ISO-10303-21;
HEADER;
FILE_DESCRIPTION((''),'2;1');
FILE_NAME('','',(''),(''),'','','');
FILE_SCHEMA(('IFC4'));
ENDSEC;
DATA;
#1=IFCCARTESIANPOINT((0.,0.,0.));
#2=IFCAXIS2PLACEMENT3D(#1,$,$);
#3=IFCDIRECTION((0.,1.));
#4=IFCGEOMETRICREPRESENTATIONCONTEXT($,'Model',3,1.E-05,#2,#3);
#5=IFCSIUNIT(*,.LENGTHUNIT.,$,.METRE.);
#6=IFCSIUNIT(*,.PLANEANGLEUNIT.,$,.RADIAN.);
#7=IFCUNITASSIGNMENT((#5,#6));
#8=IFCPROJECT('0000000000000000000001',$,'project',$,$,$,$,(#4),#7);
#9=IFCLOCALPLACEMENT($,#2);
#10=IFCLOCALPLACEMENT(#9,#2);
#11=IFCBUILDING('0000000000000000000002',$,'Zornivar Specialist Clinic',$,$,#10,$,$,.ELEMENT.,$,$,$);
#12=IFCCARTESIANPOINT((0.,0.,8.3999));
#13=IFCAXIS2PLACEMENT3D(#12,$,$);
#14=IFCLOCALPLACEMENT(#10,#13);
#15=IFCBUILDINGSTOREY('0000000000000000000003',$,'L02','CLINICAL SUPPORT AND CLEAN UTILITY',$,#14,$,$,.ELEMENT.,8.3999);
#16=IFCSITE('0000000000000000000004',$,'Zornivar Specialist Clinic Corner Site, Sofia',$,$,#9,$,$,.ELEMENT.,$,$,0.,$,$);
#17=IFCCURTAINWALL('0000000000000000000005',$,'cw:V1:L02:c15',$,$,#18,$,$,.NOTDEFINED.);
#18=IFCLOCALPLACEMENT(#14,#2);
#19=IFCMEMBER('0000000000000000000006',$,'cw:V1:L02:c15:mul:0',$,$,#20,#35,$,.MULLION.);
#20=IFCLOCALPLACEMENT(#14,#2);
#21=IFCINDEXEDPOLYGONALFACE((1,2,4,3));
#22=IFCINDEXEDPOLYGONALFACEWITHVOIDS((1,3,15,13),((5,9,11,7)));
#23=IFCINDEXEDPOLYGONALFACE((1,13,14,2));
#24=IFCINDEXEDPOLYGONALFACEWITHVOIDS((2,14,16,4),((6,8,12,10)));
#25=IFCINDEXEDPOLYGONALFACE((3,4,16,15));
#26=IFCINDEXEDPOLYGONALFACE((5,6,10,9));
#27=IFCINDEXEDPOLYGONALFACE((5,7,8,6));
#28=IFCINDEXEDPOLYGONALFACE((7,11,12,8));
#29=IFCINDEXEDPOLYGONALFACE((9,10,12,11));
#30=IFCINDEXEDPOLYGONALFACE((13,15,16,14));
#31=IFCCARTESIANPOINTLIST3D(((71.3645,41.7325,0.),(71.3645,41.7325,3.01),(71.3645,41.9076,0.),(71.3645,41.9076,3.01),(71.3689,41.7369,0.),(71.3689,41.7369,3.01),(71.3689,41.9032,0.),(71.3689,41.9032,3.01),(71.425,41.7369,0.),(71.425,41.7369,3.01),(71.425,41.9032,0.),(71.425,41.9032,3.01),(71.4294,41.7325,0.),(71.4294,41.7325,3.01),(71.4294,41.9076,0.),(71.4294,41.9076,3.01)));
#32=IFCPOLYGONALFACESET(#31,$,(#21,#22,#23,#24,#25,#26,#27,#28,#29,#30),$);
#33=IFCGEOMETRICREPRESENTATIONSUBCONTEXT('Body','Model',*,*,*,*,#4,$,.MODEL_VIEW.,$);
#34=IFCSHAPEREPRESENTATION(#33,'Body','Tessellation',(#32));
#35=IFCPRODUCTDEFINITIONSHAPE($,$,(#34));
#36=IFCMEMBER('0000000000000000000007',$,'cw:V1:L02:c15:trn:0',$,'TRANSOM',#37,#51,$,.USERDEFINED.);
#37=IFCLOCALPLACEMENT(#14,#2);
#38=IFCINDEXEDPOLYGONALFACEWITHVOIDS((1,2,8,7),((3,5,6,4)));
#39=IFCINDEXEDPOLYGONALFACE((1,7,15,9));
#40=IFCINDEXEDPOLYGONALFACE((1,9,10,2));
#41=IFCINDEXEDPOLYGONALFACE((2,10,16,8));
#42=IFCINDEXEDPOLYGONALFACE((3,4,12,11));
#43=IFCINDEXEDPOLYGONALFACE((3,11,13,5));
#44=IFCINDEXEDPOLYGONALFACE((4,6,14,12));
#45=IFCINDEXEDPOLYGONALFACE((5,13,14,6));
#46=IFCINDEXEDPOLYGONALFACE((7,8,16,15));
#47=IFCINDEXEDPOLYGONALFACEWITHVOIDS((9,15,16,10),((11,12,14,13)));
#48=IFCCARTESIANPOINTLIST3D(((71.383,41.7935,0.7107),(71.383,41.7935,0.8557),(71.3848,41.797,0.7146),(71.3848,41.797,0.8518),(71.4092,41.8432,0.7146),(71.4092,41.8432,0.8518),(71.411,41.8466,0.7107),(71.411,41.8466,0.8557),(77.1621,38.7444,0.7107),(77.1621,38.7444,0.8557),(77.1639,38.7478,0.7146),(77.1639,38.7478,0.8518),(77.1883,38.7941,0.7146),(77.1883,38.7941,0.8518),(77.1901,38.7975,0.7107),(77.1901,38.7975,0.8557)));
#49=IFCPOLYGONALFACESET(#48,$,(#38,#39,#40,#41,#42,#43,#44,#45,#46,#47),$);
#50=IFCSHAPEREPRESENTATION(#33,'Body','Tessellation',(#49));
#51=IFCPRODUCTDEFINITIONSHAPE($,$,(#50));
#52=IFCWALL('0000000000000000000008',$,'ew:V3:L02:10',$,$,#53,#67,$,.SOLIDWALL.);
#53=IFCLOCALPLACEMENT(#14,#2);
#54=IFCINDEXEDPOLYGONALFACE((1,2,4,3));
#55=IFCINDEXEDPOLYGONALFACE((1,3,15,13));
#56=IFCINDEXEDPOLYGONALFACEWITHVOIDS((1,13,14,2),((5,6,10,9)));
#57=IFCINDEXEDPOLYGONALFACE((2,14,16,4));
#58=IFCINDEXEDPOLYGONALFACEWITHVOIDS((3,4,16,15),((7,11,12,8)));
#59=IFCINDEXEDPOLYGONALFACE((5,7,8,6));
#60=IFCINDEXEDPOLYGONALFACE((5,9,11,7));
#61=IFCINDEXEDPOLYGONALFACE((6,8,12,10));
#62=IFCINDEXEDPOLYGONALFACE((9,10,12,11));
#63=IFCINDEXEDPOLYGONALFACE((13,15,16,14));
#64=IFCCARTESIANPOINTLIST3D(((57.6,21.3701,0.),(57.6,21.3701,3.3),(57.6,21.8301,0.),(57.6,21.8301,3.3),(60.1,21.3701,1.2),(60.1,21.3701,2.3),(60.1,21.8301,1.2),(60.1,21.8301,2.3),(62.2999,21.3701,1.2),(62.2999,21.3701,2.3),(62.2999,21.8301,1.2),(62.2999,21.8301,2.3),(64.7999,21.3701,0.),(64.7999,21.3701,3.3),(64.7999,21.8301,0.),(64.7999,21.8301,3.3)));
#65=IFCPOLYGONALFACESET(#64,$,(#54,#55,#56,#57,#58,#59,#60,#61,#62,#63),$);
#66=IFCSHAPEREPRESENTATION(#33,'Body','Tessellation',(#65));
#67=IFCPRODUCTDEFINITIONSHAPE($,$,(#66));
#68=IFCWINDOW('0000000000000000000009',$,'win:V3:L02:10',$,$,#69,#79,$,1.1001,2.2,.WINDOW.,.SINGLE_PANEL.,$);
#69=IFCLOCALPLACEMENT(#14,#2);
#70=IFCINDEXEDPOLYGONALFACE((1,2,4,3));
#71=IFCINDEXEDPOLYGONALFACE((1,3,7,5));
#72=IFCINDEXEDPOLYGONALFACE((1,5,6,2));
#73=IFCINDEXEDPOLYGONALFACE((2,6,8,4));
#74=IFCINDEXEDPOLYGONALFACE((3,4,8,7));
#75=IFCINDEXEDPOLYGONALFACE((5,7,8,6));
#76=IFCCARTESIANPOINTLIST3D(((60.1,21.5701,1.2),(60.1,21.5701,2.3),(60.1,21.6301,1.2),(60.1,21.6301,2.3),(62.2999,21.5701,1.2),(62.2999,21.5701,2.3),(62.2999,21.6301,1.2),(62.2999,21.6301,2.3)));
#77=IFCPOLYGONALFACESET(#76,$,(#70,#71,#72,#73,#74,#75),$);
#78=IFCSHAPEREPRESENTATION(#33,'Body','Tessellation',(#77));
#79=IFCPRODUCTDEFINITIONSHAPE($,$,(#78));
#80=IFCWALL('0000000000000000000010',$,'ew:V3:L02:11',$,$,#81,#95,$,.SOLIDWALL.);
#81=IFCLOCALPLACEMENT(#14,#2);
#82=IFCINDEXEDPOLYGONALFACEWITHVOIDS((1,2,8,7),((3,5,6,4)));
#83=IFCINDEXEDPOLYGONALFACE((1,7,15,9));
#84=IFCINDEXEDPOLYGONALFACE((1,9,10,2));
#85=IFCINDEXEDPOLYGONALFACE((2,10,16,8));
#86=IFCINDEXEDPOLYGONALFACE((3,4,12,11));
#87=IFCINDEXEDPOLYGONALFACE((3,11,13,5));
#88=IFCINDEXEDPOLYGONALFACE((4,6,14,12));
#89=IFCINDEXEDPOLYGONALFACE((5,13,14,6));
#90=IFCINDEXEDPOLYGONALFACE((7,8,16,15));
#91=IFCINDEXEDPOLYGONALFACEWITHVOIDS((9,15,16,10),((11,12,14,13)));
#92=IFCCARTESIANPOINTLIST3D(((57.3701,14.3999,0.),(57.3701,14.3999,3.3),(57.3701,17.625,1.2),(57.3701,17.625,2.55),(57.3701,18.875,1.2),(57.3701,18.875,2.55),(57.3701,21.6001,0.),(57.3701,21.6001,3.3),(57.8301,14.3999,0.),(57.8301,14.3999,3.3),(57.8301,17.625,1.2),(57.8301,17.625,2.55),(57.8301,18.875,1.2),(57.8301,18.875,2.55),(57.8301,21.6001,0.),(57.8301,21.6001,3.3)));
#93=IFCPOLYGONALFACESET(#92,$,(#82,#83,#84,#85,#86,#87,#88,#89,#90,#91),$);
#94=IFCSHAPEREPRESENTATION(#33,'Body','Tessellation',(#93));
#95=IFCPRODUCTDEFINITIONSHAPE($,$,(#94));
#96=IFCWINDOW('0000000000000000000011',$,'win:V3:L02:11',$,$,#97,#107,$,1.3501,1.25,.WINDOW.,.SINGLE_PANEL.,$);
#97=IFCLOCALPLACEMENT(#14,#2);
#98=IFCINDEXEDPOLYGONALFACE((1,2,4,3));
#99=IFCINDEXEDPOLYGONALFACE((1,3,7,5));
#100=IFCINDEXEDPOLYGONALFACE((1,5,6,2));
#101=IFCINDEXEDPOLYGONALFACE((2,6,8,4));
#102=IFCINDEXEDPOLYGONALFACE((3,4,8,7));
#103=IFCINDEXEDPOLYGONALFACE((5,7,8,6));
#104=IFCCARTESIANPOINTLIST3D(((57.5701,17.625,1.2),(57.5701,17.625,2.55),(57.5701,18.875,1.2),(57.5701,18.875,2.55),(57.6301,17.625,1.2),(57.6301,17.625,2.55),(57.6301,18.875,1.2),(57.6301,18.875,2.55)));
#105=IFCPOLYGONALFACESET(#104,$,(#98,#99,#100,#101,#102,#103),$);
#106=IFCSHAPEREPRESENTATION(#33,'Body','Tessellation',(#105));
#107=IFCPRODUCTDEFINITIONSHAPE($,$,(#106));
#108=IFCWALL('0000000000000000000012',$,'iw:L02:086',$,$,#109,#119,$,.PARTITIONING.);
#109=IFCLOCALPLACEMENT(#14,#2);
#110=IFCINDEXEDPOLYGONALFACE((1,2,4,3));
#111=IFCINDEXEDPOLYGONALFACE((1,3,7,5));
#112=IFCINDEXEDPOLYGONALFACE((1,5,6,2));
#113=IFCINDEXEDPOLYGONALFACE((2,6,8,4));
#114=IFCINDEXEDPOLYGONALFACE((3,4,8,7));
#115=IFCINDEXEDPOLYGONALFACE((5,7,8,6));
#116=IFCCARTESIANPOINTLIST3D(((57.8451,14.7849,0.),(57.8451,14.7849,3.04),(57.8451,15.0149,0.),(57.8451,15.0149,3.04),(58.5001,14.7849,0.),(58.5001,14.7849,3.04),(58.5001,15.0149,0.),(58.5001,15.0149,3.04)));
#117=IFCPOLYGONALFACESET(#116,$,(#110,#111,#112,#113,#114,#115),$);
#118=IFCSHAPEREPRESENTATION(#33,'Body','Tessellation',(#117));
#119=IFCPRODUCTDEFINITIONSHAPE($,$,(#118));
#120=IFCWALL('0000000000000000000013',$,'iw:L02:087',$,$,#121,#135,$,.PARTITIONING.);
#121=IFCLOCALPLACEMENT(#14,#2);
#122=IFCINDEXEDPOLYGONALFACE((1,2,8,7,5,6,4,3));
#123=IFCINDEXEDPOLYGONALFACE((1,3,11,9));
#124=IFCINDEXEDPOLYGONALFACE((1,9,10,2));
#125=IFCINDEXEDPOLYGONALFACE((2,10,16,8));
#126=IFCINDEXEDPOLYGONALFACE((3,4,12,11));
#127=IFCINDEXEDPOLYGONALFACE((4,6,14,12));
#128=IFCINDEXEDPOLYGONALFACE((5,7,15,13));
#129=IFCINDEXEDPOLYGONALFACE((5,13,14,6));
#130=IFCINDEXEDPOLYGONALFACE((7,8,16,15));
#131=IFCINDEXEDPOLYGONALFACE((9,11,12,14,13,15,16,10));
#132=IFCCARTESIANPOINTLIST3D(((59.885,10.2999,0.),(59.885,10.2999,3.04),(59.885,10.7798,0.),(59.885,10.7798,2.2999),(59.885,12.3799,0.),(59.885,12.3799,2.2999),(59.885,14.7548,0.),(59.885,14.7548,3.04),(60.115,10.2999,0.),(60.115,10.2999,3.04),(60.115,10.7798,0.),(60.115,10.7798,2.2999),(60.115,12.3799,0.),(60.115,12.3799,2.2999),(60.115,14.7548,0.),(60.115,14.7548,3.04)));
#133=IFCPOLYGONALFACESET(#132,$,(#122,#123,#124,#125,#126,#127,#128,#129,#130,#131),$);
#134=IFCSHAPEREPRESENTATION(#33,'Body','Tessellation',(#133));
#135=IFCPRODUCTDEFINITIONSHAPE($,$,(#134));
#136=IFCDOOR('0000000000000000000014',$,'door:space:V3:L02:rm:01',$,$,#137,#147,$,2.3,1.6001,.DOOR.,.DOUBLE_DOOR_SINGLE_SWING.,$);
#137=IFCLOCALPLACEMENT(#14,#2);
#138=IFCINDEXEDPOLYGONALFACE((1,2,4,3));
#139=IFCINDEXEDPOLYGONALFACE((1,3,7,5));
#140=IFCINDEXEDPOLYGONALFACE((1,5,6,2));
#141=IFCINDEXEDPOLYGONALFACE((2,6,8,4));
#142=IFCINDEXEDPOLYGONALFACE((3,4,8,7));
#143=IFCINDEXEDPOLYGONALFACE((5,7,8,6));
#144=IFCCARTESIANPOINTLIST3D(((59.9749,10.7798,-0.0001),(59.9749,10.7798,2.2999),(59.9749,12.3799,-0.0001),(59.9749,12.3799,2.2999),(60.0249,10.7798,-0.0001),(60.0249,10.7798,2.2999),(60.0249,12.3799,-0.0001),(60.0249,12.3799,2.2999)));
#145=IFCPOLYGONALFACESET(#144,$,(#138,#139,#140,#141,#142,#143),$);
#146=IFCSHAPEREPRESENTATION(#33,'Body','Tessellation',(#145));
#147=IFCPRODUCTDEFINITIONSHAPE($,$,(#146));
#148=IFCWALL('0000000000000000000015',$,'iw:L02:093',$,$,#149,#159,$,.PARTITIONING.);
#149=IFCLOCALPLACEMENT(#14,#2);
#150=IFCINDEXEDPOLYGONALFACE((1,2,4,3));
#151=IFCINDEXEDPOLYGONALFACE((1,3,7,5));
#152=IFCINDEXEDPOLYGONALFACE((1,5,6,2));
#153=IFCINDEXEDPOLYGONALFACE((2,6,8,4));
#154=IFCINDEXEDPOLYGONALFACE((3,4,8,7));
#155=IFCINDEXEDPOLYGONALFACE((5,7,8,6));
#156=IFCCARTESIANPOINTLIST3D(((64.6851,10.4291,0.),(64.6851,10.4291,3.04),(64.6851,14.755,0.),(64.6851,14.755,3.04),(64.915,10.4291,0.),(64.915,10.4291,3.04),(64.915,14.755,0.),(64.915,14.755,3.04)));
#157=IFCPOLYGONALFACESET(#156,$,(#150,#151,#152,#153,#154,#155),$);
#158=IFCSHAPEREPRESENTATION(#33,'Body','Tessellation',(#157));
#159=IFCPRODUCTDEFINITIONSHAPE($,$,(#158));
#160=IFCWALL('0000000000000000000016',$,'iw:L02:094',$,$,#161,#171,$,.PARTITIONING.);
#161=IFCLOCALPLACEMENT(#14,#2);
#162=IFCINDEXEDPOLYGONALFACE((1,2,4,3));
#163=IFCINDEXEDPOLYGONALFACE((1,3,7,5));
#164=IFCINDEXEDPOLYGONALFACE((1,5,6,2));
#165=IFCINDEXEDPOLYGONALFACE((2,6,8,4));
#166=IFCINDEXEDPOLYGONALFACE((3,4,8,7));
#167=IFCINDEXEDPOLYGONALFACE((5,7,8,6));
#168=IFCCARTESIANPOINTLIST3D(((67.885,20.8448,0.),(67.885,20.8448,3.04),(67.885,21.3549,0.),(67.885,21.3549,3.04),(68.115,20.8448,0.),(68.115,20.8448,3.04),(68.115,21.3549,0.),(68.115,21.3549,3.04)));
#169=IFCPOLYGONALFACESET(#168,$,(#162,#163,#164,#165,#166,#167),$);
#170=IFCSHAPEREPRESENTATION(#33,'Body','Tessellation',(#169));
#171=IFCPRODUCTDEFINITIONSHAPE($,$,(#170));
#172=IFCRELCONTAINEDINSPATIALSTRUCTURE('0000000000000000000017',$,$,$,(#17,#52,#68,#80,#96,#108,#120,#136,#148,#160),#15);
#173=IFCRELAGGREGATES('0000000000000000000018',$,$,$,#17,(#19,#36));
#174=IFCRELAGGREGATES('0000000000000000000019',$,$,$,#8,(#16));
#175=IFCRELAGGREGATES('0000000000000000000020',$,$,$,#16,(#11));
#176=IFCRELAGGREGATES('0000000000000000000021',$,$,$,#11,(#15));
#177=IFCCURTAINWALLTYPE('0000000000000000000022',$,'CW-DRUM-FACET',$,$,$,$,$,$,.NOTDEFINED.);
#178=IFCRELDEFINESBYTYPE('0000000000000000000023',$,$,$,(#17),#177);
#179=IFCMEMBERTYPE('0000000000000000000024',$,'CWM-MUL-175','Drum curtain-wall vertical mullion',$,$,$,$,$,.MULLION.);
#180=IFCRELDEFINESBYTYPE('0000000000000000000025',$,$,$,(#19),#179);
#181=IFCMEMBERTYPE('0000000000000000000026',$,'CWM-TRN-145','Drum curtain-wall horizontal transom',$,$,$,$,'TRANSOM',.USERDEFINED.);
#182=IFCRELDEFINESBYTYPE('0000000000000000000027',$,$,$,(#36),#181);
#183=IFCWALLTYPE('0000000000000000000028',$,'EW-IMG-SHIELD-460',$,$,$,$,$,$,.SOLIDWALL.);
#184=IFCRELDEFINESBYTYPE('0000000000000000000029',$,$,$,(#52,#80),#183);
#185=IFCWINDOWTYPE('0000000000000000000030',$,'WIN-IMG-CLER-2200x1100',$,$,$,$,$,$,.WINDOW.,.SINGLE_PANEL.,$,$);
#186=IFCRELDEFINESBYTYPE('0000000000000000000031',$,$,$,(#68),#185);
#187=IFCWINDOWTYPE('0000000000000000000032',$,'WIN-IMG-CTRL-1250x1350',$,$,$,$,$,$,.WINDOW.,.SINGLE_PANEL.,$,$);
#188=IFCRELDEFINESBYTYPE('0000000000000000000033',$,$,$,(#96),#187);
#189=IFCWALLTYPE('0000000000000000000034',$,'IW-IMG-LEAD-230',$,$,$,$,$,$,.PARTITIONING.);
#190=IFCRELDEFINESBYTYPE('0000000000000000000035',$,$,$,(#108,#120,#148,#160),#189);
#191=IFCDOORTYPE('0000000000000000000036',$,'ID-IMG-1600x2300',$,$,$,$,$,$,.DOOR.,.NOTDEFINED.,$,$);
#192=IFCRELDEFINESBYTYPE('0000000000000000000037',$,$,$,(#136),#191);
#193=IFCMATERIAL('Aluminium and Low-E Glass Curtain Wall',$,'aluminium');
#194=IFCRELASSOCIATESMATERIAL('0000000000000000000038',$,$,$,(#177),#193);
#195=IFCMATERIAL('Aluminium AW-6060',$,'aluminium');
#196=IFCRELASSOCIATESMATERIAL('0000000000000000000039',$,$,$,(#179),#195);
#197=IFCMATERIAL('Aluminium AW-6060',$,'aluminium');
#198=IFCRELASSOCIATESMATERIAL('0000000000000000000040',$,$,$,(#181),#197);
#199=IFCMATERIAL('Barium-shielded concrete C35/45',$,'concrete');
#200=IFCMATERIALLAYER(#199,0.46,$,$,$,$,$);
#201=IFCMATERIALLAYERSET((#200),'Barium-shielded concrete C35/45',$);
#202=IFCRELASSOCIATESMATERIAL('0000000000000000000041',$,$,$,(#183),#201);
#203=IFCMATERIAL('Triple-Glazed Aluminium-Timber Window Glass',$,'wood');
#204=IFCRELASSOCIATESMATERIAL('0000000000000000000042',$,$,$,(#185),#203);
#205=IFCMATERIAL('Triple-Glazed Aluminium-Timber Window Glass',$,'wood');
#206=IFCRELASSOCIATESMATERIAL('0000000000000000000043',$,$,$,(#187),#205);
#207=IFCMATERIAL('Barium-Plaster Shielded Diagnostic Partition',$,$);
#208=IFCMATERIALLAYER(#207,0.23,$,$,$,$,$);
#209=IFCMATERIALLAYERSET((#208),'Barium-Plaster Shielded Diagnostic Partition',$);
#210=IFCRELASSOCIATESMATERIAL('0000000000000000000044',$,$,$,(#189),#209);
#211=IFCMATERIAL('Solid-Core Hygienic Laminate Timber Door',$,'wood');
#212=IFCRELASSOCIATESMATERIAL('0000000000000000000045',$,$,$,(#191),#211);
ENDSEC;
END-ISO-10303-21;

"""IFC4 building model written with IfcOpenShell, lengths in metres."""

from ifc_helpers import new_model, si_unit, direction, frame, frame_2d, origin, origin_2d, place, context, subcontext, project, spatial, rectangle, hollow_rectangle, extrude, material, layer, layer_set, material_profile, profile_set, type_object, element, fill, aggregate, save


model = new_model("IFC4")

# Units and contexts
model_context = context("Model", 3, precision=1e-05, world=origin(), true_north=direction((0.0, 1.0)))
body_context = subcontext(model_context, "Body", "Model", "MODEL_VIEW")
ifc_project = project(units=[si_unit("LENGTHUNIT", "METRE"), si_unit("PLANEANGLEUNIT", "RADIAN")], contexts=[model_context])

# Site, building, storey
site_placement = place(None, origin())
site = spatial("IfcSite", under=ifc_project, at=site_placement, Name="Zornivar Specialist Clinic Corner Site, Sofia", CompositionType="ELEMENT", RefElevation=0.0)
building_placement = place(site_placement, origin())
building = spatial("IfcBuilding", under=site, at=building_placement, Name="Zornivar Specialist Clinic", CompositionType="ELEMENT")
storey_placement = place(building_placement, frame((0.0, 0.0, 8.3999)))
storey = spatial("IfcBuildingStorey", under=building, at=storey_placement, Name="L02", Description="CLINICAL SUPPORT AND CLEAN UTILITY", CompositionType="ELEMENT", Elevation=8.3999)

# Curtain wall, members
ifc_material_1 = material(Name="Aluminium and Low-E Glass Curtain Wall", Category="aluminium")
curtain_wall_type = type_object("IfcCurtainWallType", Name="CW-DRUM-FACET", PredefinedType="NOTDEFINED", material=ifc_material_1)
curtain_wall_placement = place(storey_placement, origin())
curtain_wall = element("IfcCurtainWall", 1, at=curtain_wall_placement, inside=storey, type_object=curtain_wall_type, Name="cw:V1:L02:c15", PredefinedType="NOTDEFINED")
ifc_material_2 = material(Name="Aluminium AW-6060", Category="aluminium")
ifc_material_profile_1 = material_profile(ifc_material_2, hollow_rectangle(XDim=0.0649, YDim=0.175, WallThickness=0.0044, at=origin_2d()), Name="ALU 65x175x4.5")
ifc_profile_set_1 = profile_set([ifc_material_profile_1], Name="Aluminium AW-6060")
member_type_1 = type_object("IfcMemberType", Name="CWM-MUL-175", Description="Drum curtain-wall vertical mullion", PredefinedType="MULLION", material=ifc_profile_set_1)
member_1_placement = place(storey_placement, frame((71.397, 41.8201, 0.0), z_axis=(0.0, 0.0, 1.0), x_axis=(1.0, 0.0, 0.0)))
member_1 = element("IfcMember", 2, at=member_1_placement, type_object=member_type_1, Name="cw:V1:L02:c15:mul:0", PredefinedType="MULLION", context=body_context, shape_type="SweptSolid", body=[
    extrude(hollow_rectangle(XDim=0.0649, YDim=0.175, WallThickness=0.0044, at=origin_2d()), origin(), (0.0, 0.0, 1.0), 3.01),
])
ifc_material_3 = material(Name="Aluminium AW-6060", Category="aluminium")
ifc_material_profile_2 = material_profile(ifc_material_3, hollow_rectangle(XDim=0.0601, YDim=0.145, WallThickness=0.0039, at=origin_2d()), Name="ALU 60x145x4")
ifc_profile_set_2 = profile_set([ifc_material_profile_2], Name="Aluminium AW-6060")
member_type_2 = type_object("IfcMemberType", Name="CWM-TRN-145", Description="Drum curtain-wall horizontal transom", ElementType="TRANSOM", PredefinedType="USERDEFINED", material=ifc_profile_set_2)
member_2_placement = place(storey_placement, frame((71.397, 41.8201, 0.7832), z_axis=(0.884447, -0.466641, 0.0), x_axis=(0.466641, 0.884447, 0.0)))
member_2 = element("IfcMember", 3, at=member_2_placement, type_object=member_type_2, Name="cw:V1:L02:c15:trn:0", ObjectType="TRANSOM", PredefinedType="USERDEFINED", context=body_context, shape_type="SweptSolid", body=[
    extrude(hollow_rectangle(XDim=0.0601, YDim=0.145, WallThickness=0.0039, at=origin_2d()), origin(), (0.0, 0.0, 1.0), 6.5342),
])
aggregate(curtain_wall, [member_1, member_2])

# Walls, openings, windows
ifc_material_4 = material(Name="Barium-shielded concrete C35/45", Category="concrete")
ifc_layer_1 = layer(ifc_material_4, 0.46)
ifc_layer_set_1 = layer_set([ifc_layer_1], Name="Barium-shielded concrete C35/45")
wall_type_1 = type_object("IfcWallType", Name="EW-IMG-SHIELD-460", PredefinedType="SOLIDWALL", material=ifc_layer_set_1)
wall_1_placement = place(storey_placement, frame((64.8, 21.6001, 0.0), z_axis=(0.0, 0.0, 1.0), x_axis=(-1.0, 0.0, 0.0)))
wall_1 = element("IfcWall", 4, at=wall_1_placement, inside=storey, type_object=wall_type_1, Name="ew:V3:L02:10", PredefinedType="SOLIDWALL", context=body_context, shape_type="SweptSolid", body=[
    extrude(rectangle(XDim=7.2, YDim=0.46, at=frame_2d((3.6001, 0.0))), origin(), (0.0, 0.0, 1.0), 3.3),
])
opening_1_placement = place(wall_1_placement, frame((2.5, 0.0, 1.2)))
opening_1 = element("IfcOpeningElement", 5, at=opening_1_placement, cuts=wall_1, PredefinedType="OPENING", context=body_context, shape_type="SweptSolid", body=[
    extrude(rectangle(XDim=2.2, YDim=1.1001, at=frame_2d((1.1001, 0.55))), frame((0.0, 0.24, 0.0), z_axis=(0.0, -1.0, 0.0), x_axis=(1.0, 0.0, 0.0)), (0.0, 0.0, 1.0), 0.48),
])
ifc_material_5 = material(Name="Triple-Glazed Aluminium-Timber Window Glass", Category="wood")
window_type_1 = type_object("IfcWindowType", Name="WIN-IMG-CLER-2200x1100", PartitioningType="SINGLE_PANEL", PredefinedType="WINDOW", material=ifc_material_5)
window_1_placement = place(opening_1_placement, origin())
window_1 = element("IfcWindow", 6, at=window_1_placement, inside=storey, type_object=window_type_1, Name="win:V3:L02:10", OverallHeight=1.1001, OverallWidth=2.2, PartitioningType="SINGLE_PANEL", PredefinedType="WINDOW", context=body_context, shape_type="SweptSolid", body=[
    extrude(rectangle(XDim=2.2, YDim=1.1001, at=frame_2d((1.1001, 0.55))), frame((0.0, 0.03, 0.0), z_axis=(0.0, -1.0, 0.0), x_axis=(1.0, 0.0, 0.0)), (0.0, 0.0, 1.0), 0.0601),
])
fill(opening_1, window_1)
wall_2_placement = place(storey_placement, frame((57.6001, 21.6001, 0.0), z_axis=(0.0, 0.0, 1.0), x_axis=(0.0, -1.0, 0.0)))
wall_2 = element("IfcWall", 7, at=wall_2_placement, inside=storey, type_object=wall_type_1, Name="ew:V3:L02:11", PredefinedType="SOLIDWALL", context=body_context, shape_type="SweptSolid", body=[
    extrude(rectangle(XDim=7.2002, YDim=0.46, at=frame_2d((3.6001, 0.0))), origin(), (0.0, 0.0, 1.0), 3.3),
])
opening_2_placement = place(wall_2_placement, frame((2.7251, 0.0, 1.2)))
opening_2 = element("IfcOpeningElement", 8, at=opening_2_placement, cuts=wall_2, PredefinedType="OPENING", context=body_context, shape_type="SweptSolid", body=[
    extrude(rectangle(XDim=1.25, YDim=1.3501, at=frame_2d((0.625, 0.675))), frame((0.0, 0.24, 0.0), z_axis=(0.0, -1.0, 0.0), x_axis=(1.0, 0.0, 0.0)), (0.0, 0.0, 1.0), 0.48),
])
ifc_material_6 = material(Name="Triple-Glazed Aluminium-Timber Window Glass", Category="wood")
window_type_2 = type_object("IfcWindowType", Name="WIN-IMG-CTRL-1250x1350", PartitioningType="SINGLE_PANEL", PredefinedType="WINDOW", material=ifc_material_6)
window_2_placement = place(opening_2_placement, origin())
window_2 = element("IfcWindow", 9, at=window_2_placement, inside=storey, type_object=window_type_2, Name="win:V3:L02:11", OverallHeight=1.3501, OverallWidth=1.25, PartitioningType="SINGLE_PANEL", PredefinedType="WINDOW", context=body_context, shape_type="SweptSolid", body=[
    extrude(rectangle(XDim=1.25, YDim=1.3501, at=frame_2d((0.625, 0.675))), frame((0.0, 0.03, 0.0), z_axis=(0.0, -1.0, 0.0), x_axis=(1.0, 0.0, 0.0)), (0.0, 0.0, 1.0), 0.0601),
])
fill(opening_2, window_2)

# Wall
ifc_material_7 = material(Name="Barium-Plaster Shielded Diagnostic Partition")
ifc_layer_2 = layer(ifc_material_7, 0.23)
ifc_layer_set_2 = layer_set([ifc_layer_2], Name="Barium-Plaster Shielded Diagnostic Partition")
wall_type_2 = type_object("IfcWallType", Name="IW-IMG-LEAD-230", PredefinedType="PARTITIONING", material=ifc_layer_set_2)
wall_3_placement = place(storey_placement, frame((57.845, 14.8999, 0.0), z_axis=(0.0, 0.0, 1.0), x_axis=(1.0, 0.0, 0.0)))
element("IfcWall", 10, at=wall_3_placement, inside=storey, type_object=wall_type_2, Name="iw:L02:086", PredefinedType="PARTITIONING", context=body_context, shape_type="SweptSolid", body=[
    extrude(rectangle(XDim=0.655, YDim=0.23, at=frame_2d((0.3276, 0.0))), origin(), (0.0, 0.0, 1.0), 3.04),
])

# Wall, opening, door
wall_4_placement = place(storey_placement, frame((60.0, 14.7549, 0.0), z_axis=(0.0, 0.0, 1.0), x_axis=(0.0, -1.0, 0.0)))
wall_4 = element("IfcWall", 11, at=wall_4_placement, inside=storey, type_object=wall_type_2, Name="iw:L02:087", PredefinedType="PARTITIONING", context=body_context, shape_type="SweptSolid", body=[
    extrude(rectangle(XDim=4.4548, YDim=0.23, at=frame_2d((2.2275, 0.0))), origin(), (0.0, 0.0, 1.0), 3.04),
])
opening_3_placement = place(wall_4_placement, frame((2.375, 0.0, 0.0)))
opening_3 = element("IfcOpeningElement", 12, at=opening_3_placement, cuts=wall_4, PredefinedType="OPENING", context=body_context, shape_type="SweptSolid", body=[
    extrude(rectangle(XDim=1.6001, YDim=2.3, at=frame_2d((0.8, 1.1499))), frame((0.0, 0.125, 0.0), z_axis=(0.0, -1.0, 0.0), x_axis=(1.0, 0.0, 0.0)), (0.0, 0.0, 1.0), 0.25),
])
ifc_material_8 = material(Name="Solid-Core Hygienic Laminate Timber Door", Category="wood")
door_type_1 = type_object("IfcDoorType", Name="ID-IMG-1600x2300", OperationType="NOTDEFINED", PredefinedType="DOOR", material=ifc_material_8)
door_1_placement = place(opening_3_placement, origin())
door_1 = element("IfcDoor", 13, at=door_1_placement, inside=storey, type_object=door_type_1, Name="door:space:V3:L02:rm:01", OperationType="DOUBLE_DOOR_SINGLE_SWING", OverallHeight=2.3, OverallWidth=1.6001, PredefinedType="DOOR", context=body_context, shape_type="SweptSolid", body=[
    extrude(rectangle(XDim=1.6001, YDim=2.3, at=frame_2d((0.8, 1.1499))), frame((0.0, 0.0249, 0.0), z_axis=(0.0, -1.0, 0.0), x_axis=(1.0, 0.0, 0.0)), (0.0, 0.0, 1.0), 0.05),
])
fill(opening_3, door_1)

# Walls
wall_5_placement = place(storey_placement, frame((64.8, 10.429, 0.0), z_axis=(0.0, 0.0, 1.0), x_axis=(0.0, 1.0, 0.0)))
element("IfcWall", 14, at=wall_5_placement, inside=storey, type_object=wall_type_2, Name="iw:L02:093", PredefinedType="PARTITIONING", context=body_context, shape_type="SweptSolid", body=[
    extrude(rectangle(XDim=4.3259, YDim=0.23, at=frame_2d((2.1631, 0.0))), origin(), (0.0, 0.0, 1.0), 3.04),
])
wall_6_placement = place(storey_placement, frame((68.0, 20.845, 0.0), z_axis=(0.0, 0.0, 1.0), x_axis=(0.0, 1.0, 0.0)))
element("IfcWall", 15, at=wall_6_placement, inside=storey, type_object=wall_type_2, Name="iw:L02:094", PredefinedType="PARTITIONING", context=body_context, shape_type="SweptSolid", body=[
    extrude(rectangle(XDim=0.51, YDim=0.23, at=frame_2d((0.2549, 0.0))), origin(), (0.0, 0.0, 1.0), 3.04),
])

save(model, "model.ifc")
